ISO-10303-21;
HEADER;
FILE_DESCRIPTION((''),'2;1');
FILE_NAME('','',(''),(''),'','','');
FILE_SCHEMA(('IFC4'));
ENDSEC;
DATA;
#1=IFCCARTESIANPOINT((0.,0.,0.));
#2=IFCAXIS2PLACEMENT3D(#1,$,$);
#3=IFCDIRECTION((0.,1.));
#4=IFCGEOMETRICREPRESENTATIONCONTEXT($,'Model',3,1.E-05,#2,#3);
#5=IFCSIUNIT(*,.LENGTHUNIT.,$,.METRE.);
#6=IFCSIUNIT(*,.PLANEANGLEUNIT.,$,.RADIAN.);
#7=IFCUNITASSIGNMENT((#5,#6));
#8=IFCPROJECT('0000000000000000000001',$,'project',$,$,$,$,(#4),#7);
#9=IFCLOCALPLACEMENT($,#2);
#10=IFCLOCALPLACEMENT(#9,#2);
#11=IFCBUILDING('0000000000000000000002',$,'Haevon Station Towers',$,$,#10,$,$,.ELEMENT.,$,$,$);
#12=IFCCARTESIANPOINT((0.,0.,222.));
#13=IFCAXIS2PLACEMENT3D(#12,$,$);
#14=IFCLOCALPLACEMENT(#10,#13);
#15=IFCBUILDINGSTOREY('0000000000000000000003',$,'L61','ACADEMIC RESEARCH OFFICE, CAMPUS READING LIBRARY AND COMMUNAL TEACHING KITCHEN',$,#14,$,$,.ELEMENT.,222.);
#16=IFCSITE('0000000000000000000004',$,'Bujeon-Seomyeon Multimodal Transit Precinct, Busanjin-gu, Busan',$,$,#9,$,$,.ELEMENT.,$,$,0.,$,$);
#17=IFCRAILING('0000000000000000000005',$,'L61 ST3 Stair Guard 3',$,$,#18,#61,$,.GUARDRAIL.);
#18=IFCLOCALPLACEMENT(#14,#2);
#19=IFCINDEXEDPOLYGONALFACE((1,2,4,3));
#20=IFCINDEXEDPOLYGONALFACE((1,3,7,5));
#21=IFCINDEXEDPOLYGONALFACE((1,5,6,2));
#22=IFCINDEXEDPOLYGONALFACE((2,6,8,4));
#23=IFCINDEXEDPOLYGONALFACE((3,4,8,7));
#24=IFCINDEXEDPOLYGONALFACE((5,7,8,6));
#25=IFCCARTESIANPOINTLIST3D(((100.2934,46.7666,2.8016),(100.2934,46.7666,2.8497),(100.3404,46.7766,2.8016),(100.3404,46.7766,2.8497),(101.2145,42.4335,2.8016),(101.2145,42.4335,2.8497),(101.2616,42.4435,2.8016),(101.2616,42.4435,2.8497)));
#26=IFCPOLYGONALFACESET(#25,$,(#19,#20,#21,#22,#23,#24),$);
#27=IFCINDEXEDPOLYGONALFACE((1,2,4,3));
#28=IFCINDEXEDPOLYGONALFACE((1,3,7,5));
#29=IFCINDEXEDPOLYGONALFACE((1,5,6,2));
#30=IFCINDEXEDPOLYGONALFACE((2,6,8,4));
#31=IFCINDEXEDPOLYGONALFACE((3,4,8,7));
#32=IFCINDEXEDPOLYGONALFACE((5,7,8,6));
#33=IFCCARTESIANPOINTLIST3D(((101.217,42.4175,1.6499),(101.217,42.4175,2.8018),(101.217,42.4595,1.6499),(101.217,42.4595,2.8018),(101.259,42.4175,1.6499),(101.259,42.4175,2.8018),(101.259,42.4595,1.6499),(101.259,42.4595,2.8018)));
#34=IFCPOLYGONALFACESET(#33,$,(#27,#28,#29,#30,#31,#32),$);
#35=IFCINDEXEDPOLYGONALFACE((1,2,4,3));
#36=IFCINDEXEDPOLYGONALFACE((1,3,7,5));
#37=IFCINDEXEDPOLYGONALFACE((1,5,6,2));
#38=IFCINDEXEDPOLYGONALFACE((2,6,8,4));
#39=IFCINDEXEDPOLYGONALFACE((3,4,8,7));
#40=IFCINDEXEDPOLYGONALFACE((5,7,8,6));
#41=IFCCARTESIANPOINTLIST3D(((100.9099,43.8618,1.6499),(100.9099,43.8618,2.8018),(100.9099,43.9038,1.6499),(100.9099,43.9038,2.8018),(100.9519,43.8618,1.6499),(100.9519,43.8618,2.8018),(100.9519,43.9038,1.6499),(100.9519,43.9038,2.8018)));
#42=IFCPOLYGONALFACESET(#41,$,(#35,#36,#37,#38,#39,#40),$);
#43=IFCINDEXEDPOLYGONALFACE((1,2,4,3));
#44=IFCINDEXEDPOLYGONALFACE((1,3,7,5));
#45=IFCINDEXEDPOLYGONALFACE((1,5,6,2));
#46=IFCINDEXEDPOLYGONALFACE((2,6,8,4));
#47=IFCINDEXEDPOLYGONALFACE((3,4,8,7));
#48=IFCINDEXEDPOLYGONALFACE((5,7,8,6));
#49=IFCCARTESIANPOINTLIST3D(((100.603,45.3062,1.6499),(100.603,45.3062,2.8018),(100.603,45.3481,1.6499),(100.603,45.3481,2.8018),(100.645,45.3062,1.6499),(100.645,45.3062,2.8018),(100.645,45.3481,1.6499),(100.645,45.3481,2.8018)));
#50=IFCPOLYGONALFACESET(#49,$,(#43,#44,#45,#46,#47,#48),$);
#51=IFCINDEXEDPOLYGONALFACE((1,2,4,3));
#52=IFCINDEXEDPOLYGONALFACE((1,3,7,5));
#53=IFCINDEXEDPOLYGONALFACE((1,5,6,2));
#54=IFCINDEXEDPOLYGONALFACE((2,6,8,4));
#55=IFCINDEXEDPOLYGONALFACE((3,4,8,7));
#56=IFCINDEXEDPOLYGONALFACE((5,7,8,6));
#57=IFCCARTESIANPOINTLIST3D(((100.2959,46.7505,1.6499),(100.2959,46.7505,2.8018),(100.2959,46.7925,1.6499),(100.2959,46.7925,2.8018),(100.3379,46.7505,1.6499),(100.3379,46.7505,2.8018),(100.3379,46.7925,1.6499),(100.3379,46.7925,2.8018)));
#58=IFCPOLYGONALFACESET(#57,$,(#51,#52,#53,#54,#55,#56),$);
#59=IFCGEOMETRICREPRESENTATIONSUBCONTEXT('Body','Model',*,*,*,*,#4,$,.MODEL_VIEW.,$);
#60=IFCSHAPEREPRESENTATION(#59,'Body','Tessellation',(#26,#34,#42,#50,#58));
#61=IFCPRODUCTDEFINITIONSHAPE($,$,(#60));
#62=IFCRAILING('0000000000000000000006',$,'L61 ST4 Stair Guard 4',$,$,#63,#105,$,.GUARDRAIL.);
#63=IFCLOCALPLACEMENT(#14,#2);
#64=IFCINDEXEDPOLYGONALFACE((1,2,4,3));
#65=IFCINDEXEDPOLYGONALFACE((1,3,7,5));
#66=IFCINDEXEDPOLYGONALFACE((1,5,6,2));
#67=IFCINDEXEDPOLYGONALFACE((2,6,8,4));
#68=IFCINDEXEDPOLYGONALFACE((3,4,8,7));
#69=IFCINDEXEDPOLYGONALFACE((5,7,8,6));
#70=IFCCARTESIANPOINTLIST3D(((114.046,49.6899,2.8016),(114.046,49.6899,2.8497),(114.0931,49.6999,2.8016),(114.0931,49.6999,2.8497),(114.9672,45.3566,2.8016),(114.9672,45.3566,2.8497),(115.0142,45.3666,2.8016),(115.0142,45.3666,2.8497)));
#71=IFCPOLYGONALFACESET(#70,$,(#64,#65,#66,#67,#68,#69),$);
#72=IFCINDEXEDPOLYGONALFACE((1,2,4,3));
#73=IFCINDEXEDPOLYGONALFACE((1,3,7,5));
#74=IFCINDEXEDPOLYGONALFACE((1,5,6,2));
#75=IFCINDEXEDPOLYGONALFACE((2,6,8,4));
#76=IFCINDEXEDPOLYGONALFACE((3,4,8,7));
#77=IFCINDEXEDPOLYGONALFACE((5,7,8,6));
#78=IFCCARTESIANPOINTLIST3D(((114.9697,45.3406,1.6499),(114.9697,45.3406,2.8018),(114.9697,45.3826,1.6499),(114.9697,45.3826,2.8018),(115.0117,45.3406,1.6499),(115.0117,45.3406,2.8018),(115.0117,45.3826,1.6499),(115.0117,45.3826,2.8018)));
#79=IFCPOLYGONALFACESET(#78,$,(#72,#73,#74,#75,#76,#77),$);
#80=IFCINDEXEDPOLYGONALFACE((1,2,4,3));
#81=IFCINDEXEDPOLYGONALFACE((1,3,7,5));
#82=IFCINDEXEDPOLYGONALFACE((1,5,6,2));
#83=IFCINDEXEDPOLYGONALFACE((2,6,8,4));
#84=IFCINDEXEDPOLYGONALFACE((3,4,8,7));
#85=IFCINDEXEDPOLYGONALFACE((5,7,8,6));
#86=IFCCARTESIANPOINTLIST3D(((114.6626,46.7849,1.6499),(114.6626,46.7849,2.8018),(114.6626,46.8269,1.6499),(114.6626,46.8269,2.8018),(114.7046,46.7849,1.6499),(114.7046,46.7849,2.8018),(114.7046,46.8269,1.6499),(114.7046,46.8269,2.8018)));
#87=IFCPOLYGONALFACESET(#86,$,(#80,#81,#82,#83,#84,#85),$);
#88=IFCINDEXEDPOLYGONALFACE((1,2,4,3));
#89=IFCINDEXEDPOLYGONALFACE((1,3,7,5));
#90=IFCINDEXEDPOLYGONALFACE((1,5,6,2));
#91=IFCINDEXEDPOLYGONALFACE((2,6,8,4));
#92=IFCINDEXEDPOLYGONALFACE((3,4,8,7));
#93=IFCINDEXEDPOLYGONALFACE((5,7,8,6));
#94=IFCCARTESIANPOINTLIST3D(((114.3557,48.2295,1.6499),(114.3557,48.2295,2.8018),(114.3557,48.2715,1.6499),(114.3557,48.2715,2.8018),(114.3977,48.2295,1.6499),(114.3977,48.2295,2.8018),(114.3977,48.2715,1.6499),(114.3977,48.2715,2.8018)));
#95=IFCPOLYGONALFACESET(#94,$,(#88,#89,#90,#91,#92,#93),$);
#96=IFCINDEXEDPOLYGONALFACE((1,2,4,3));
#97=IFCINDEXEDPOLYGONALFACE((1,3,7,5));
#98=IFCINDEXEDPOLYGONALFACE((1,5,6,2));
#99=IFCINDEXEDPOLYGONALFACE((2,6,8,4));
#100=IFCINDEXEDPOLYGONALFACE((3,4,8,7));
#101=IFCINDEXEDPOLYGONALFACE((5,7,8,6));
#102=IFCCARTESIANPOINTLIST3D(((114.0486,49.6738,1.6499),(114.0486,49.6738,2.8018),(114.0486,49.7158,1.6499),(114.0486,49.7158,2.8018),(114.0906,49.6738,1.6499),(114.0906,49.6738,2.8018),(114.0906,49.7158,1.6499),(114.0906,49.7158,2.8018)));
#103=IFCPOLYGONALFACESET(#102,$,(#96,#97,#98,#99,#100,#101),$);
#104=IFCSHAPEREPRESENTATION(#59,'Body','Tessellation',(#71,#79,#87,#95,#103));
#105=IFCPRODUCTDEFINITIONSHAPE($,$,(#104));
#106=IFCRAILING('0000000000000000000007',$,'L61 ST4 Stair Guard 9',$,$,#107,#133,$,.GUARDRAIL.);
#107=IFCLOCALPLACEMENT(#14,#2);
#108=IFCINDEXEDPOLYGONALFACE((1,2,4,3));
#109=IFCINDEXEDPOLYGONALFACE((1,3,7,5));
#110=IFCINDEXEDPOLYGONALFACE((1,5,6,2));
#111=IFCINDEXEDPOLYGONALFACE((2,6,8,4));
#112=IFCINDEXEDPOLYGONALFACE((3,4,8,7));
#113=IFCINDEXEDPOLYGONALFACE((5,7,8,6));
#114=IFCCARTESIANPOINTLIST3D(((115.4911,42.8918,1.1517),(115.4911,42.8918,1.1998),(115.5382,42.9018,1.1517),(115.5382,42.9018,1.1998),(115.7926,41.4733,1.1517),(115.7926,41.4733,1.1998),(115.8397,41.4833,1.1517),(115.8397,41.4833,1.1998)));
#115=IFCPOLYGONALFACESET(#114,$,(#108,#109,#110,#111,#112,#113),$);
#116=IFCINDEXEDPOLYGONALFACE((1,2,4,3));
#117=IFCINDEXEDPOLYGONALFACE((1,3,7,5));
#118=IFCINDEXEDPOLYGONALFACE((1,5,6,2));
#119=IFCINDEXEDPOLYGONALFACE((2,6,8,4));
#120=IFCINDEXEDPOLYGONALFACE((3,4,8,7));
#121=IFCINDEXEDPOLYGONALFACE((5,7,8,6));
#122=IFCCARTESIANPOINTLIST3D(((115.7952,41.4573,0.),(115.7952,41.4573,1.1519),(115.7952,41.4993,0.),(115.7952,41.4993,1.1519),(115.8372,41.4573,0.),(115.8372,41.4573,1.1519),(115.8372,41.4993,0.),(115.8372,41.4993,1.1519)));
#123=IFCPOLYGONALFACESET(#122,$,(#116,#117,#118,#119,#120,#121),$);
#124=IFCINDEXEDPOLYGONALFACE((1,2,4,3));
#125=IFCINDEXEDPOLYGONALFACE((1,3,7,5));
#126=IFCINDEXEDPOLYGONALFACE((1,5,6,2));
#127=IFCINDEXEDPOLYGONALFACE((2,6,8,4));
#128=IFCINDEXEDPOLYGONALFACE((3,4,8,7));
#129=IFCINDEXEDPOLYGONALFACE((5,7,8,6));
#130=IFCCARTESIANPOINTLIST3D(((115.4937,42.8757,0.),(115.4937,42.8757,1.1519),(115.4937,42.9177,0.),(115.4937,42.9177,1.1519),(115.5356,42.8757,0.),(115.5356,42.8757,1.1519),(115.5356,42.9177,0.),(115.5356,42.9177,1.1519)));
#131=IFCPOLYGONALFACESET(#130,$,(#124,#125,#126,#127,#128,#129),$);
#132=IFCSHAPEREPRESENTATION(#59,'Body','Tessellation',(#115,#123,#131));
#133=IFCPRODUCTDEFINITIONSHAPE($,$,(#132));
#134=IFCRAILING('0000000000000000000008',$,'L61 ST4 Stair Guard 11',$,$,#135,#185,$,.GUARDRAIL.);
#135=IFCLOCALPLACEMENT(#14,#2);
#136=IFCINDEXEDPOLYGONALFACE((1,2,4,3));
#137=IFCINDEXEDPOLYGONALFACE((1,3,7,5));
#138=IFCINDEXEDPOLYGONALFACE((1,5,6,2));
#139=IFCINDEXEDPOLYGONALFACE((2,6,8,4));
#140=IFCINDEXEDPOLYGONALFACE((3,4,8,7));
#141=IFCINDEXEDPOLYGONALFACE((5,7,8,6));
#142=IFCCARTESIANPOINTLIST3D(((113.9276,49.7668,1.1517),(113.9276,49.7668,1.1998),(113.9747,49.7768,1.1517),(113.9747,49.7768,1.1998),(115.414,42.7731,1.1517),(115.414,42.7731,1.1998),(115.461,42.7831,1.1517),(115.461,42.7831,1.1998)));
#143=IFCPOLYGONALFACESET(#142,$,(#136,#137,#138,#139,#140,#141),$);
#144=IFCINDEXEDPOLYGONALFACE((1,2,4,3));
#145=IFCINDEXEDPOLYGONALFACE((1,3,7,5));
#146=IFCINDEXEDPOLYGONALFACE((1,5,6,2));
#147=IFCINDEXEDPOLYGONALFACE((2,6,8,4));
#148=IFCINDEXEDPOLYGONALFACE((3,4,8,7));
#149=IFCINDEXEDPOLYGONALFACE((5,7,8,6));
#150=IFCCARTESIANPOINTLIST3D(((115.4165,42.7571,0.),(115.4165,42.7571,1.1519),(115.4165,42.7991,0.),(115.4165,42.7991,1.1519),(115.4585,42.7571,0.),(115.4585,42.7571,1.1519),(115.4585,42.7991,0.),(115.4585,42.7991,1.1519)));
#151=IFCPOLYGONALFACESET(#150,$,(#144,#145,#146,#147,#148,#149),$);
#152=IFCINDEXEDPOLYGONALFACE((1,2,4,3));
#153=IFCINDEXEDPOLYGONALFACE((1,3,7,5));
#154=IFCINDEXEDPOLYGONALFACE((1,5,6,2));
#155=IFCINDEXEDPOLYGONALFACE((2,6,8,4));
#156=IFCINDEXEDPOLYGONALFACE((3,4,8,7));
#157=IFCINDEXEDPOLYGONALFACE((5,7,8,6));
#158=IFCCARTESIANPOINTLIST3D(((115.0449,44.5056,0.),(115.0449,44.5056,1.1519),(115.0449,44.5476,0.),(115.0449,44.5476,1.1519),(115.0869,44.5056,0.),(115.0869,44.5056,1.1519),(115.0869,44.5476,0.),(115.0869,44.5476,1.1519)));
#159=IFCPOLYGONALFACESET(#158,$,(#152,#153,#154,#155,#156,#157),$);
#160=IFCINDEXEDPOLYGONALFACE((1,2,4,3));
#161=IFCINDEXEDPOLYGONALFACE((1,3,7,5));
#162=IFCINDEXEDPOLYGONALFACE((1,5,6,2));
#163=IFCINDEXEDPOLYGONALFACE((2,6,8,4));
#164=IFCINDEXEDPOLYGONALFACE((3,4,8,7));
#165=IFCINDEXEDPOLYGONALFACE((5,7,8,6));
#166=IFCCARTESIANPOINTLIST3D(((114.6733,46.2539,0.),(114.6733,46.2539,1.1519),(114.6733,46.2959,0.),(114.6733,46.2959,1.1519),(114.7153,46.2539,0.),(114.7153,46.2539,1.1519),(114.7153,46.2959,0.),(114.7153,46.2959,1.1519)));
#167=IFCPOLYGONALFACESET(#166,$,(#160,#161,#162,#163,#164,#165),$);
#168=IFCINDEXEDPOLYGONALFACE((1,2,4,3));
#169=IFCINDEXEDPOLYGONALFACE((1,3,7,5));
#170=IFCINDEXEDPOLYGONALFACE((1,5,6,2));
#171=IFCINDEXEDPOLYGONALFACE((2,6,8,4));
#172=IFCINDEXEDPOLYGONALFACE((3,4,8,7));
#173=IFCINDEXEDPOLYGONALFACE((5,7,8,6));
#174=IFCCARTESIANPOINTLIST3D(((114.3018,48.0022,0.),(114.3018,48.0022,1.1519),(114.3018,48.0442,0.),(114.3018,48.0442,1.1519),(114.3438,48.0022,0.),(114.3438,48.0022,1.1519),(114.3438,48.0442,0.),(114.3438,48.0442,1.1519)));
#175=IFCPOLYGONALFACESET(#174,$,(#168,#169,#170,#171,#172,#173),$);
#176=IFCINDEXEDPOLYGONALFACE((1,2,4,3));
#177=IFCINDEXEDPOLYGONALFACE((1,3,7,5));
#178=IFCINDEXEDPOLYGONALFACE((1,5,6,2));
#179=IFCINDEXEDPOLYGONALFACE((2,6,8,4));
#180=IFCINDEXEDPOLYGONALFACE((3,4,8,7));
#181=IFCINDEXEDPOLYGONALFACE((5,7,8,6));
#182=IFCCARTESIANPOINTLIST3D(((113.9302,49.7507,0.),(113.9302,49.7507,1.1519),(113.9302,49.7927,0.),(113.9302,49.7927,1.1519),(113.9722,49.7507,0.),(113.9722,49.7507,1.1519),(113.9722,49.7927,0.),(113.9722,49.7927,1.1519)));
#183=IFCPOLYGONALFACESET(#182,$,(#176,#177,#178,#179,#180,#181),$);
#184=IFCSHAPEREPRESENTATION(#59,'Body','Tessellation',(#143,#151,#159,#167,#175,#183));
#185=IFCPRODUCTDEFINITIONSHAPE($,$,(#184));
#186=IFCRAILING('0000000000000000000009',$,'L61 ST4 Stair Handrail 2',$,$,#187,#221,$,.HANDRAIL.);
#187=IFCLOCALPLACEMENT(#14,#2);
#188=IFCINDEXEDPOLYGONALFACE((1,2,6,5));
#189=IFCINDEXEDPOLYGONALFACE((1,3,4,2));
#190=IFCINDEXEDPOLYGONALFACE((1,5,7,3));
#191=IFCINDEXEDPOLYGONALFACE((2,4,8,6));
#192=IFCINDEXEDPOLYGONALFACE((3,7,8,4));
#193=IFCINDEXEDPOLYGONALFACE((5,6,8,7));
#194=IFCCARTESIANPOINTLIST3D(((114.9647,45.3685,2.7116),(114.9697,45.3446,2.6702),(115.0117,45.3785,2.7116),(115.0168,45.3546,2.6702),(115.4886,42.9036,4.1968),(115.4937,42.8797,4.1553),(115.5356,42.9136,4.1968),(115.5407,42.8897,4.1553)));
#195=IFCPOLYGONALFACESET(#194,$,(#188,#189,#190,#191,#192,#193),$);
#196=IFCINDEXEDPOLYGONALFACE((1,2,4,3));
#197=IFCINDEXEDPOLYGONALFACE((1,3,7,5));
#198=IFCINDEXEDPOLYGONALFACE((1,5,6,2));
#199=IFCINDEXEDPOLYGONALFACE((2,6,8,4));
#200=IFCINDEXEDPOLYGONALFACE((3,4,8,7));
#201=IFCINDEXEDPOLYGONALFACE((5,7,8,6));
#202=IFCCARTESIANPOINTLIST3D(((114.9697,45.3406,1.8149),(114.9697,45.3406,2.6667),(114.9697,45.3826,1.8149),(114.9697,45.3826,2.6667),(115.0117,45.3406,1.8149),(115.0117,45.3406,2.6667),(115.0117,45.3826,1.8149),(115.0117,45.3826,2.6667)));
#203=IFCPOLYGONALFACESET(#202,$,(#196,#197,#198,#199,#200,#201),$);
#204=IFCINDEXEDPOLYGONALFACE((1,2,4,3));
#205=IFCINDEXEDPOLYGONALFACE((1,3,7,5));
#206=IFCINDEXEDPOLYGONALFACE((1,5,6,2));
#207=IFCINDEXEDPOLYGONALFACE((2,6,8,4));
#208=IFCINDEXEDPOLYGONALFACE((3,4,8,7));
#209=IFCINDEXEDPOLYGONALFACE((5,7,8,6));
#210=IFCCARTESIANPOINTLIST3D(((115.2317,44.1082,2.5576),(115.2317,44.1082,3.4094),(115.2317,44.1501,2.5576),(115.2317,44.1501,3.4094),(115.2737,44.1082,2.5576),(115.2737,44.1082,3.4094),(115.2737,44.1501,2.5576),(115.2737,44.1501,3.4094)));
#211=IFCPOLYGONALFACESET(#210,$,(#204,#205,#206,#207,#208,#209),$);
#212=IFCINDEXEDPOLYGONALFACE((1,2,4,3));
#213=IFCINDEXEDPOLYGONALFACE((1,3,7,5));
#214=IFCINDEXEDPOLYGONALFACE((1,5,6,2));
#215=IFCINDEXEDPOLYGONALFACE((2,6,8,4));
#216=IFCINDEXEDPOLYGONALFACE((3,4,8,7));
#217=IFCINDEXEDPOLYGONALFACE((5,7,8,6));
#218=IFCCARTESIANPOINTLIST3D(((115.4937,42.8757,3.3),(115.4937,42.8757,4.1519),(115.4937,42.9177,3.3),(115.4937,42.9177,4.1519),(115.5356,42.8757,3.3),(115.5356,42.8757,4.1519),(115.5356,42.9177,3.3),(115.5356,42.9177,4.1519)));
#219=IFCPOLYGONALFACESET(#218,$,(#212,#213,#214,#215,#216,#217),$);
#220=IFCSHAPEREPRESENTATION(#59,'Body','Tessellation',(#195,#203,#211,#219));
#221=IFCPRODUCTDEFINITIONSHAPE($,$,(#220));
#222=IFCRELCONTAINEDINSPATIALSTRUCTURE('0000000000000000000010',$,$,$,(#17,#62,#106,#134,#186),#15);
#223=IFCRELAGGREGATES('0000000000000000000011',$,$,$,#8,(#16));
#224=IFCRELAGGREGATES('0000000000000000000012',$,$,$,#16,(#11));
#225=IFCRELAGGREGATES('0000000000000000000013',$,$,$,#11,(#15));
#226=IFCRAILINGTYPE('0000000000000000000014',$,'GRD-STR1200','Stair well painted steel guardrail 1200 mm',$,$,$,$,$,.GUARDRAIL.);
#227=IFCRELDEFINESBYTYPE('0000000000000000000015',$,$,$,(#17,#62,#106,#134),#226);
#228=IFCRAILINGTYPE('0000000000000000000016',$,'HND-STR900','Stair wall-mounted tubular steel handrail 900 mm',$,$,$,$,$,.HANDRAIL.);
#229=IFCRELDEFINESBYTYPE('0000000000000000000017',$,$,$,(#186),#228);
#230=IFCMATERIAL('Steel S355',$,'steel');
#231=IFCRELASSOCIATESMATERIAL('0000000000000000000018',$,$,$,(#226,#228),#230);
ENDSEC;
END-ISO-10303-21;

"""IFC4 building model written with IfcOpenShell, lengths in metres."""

from ifc_helpers import new_model, si_unit, direction, frame, origin, origin_2d, place, context, subcontext, project, spatial, rectangle, extrude, material, type_object, element, save


model = new_model("IFC4")

# Units and contexts
model_context = context("Model", 3, precision=1e-05, world=origin(), true_north=direction((0.0, 1.0)))
body_context = subcontext(model_context, "Body", "Model", "MODEL_VIEW")
ifc_project = project(units=[si_unit("LENGTHUNIT", "METRE"), si_unit("PLANEANGLEUNIT", "RADIAN")], contexts=[model_context])

# Site, building, storey
site_placement = place(None, origin())
site = spatial("IfcSite", under=ifc_project, at=site_placement, Name="Bujeon-Seomyeon Multimodal Transit Precinct, Busanjin-gu, Busan", CompositionType="ELEMENT", RefElevation=0.0)
building_placement = place(site_placement, origin())
building = spatial("IfcBuilding", under=site, at=building_placement, Name="Haevon Station Towers", CompositionType="ELEMENT")
storey_placement = place(building_placement, frame((0.0, 0.0, 222.0)))
storey = spatial("IfcBuildingStorey", under=building, at=storey_placement, Name="L61", Description="ACADEMIC RESEARCH OFFICE, CAMPUS READING LIBRARY AND COMMUNAL TEACHING KITCHEN", CompositionType="ELEMENT", Elevation=222.0)

# Shared definitions
ifc_material_1 = material(Name="Steel S355", Category="steel")

# Railings
railing_type_1 = type_object("IfcRailingType", Name="GRD-STR1200", Description="Stair well painted steel guardrail 1200 mm", PredefinedType="GUARDRAIL", material=ifc_material_1)
railing_1_placement = place(storey_placement, frame((101.238, 42.4385, 1.6499)))
element("IfcRailing", 1, at=railing_1_placement, inside=storey, type_object=railing_type_1, Name="L61 ST3 Stair Guard 3", PredefinedType="GUARDRAIL", context=body_context, shape_type="SweptSolid", body=[
    extrude(rectangle(XDim=0.0481, YDim=0.0481, at=origin_2d()), frame((0.0, 0.0, 1.1758), z_axis=(-0.20794, 0.978141, 0.0), x_axis=(-0.978141, -0.20794, 0.0)), (0.0, 0.0, 1.0), 4.4299),
    extrude(rectangle(XDim=0.042, YDim=0.042, at=origin_2d()), origin(), (0.0, 0.0, 1.0), 1.1519),
    extrude(rectangle(XDim=0.042, YDim=0.042, at=origin_2d()), frame((-0.3071, 1.4443, 0.0)), (0.0, 0.0, 1.0), 1.1519),
    extrude(rectangle(XDim=0.042, YDim=0.042, at=origin_2d()), frame((-0.614, 2.8887, 0.0)), (0.0, 0.0, 1.0), 1.1519),
    extrude(rectangle(XDim=0.042, YDim=0.042, at=origin_2d()), frame((-0.9211, 4.333, 0.0)), (0.0, 0.0, 1.0), 1.1519),
])
railing_2_placement = place(storey_placement, frame((114.9907, 45.3616, 1.6499)))
element("IfcRailing", 2, at=railing_2_placement, inside=storey, type_object=railing_type_1, Name="L61 ST4 Stair Guard 4", PredefinedType="GUARDRAIL", context=body_context, shape_type="SweptSolid", body=[
    extrude(rectangle(XDim=0.0481, YDim=0.0481, at=origin_2d()), frame((0.0, 0.0, 1.1758), z_axis=(-0.207929, 0.978144, 0.0), x_axis=(-0.978144, -0.207929, 0.0)), (0.0, 0.0, 1.0), 4.4302),
    extrude(rectangle(XDim=0.042, YDim=0.042, at=origin_2d()), origin(), (0.0, 0.0, 1.0), 1.1519),
    extrude(rectangle(XDim=0.042, YDim=0.042, at=origin_2d()), frame((-0.3071, 1.4443, 0.0)), (0.0, 0.0, 1.0), 1.1519),
    extrude(rectangle(XDim=0.042, YDim=0.042, at=origin_2d()), frame((-0.614, 2.8889, 0.0)), (0.0, 0.0, 1.0), 1.1519),
    extrude(rectangle(XDim=0.042, YDim=0.042, at=origin_2d()), frame((-0.9211, 4.3333, 0.0)), (0.0, 0.0, 1.0), 1.1519),
])
railing_3_placement = place(storey_placement, frame((115.8162, 41.4783, 0.0)))
element("IfcRailing", 3, at=railing_3_placement, inside=storey, type_object=railing_type_1, Name="L61 ST4 Stair Guard 9", PredefinedType="GUARDRAIL", context=body_context, shape_type="SweptSolid", body=[
    extrude(rectangle(XDim=0.0481, YDim=0.0481, at=origin_2d()), frame((0.0, 0.0, 1.1758), z_axis=(-0.207919, 0.978146, 0.0), x_axis=(-0.978146, -0.207919, 0.0)), (0.0, 0.0, 1.0), 1.4502),
    extrude(rectangle(XDim=0.042, YDim=0.042, at=origin_2d()), origin(), (0.0, 0.0, 1.0), 1.1519),
    extrude(rectangle(XDim=0.042, YDim=0.042, at=origin_2d()), frame((-0.3015, 1.4185, 0.0)), (0.0, 0.0, 1.0), 1.1519),
])
railing_4_placement = place(storey_placement, frame((115.4375, 42.7781, 0.0)))
element("IfcRailing", 4, at=railing_4_placement, inside=storey, type_object=railing_type_1, Name="L61 ST4 Stair Guard 11", PredefinedType="GUARDRAIL", context=body_context, shape_type="SweptSolid", body=[
    extrude(rectangle(XDim=0.0481, YDim=0.0481, at=origin_2d()), frame((0.0, 0.0, 1.1758), z_axis=(-0.207882, 0.978154, 0.0), x_axis=(-0.978154, -0.207882, 0.0)), (0.0, 0.0, 1.0), 7.1499),
    extrude(rectangle(XDim=0.042, YDim=0.042, at=origin_2d()), origin(), (0.0, 0.0, 1.0), 1.1519),
    extrude(rectangle(XDim=0.042, YDim=0.042, at=origin_2d()), frame((-0.3716, 1.7485, 0.0)), (0.0, 0.0, 1.0), 1.1519),
    extrude(rectangle(XDim=0.042, YDim=0.042, at=origin_2d()), frame((-0.7432, 3.4968, 0.0)), (0.0, 0.0, 1.0), 1.1519),
    extrude(rectangle(XDim=0.042, YDim=0.042, at=origin_2d()), frame((-1.1147, 5.2451, 0.0)), (0.0, 0.0, 1.0), 1.1519),
    extrude(rectangle(XDim=0.042, YDim=0.042, at=origin_2d()), frame((-1.4863, 6.9937, 0.0)), (0.0, 0.0, 1.0), 1.1519),
])
railing_type_2 = type_object("IfcRailingType", Name="HND-STR900", Description="Stair wall-mounted tubular steel handrail 900 mm", PredefinedType="HANDRAIL", material=ifc_material_1)
railing_5_placement = place(storey_placement, frame((114.9907, 45.3616, 1.8149)))
element("IfcRailing", 5, at=railing_5_placement, inside=storey, type_object=railing_type_2, Name="L61 ST4 Stair Handrail 2", PredefinedType="HANDRAIL", context=body_context, shape_type="SweptSolid", body=[
    extrude(rectangle(XDim=0.0481, YDim=0.0481, at=origin_2d()), frame((0.0, 0.0, 0.876), z_axis=(0.179121, -0.842688, 0.507733), x_axis=(0.978147, 0.207914, 0.0)), (0.0, 0.0, 1.0), 2.925),
    extrude(rectangle(XDim=0.042, YDim=0.042, at=origin_2d()), origin(), (0.0, 0.0, 1.0), 0.8518),
    extrude(rectangle(XDim=0.042, YDim=0.042, at=origin_2d()), frame((0.262, -1.2324, 0.7427)), (0.0, 0.0, 1.0), 0.8518),
    extrude(rectangle(XDim=0.042, YDim=0.042, at=origin_2d()), frame((0.5239, -2.4648, 1.4851)), (0.0, 0.0, 1.0), 0.8518),
])

save(model, "model.ifc")
